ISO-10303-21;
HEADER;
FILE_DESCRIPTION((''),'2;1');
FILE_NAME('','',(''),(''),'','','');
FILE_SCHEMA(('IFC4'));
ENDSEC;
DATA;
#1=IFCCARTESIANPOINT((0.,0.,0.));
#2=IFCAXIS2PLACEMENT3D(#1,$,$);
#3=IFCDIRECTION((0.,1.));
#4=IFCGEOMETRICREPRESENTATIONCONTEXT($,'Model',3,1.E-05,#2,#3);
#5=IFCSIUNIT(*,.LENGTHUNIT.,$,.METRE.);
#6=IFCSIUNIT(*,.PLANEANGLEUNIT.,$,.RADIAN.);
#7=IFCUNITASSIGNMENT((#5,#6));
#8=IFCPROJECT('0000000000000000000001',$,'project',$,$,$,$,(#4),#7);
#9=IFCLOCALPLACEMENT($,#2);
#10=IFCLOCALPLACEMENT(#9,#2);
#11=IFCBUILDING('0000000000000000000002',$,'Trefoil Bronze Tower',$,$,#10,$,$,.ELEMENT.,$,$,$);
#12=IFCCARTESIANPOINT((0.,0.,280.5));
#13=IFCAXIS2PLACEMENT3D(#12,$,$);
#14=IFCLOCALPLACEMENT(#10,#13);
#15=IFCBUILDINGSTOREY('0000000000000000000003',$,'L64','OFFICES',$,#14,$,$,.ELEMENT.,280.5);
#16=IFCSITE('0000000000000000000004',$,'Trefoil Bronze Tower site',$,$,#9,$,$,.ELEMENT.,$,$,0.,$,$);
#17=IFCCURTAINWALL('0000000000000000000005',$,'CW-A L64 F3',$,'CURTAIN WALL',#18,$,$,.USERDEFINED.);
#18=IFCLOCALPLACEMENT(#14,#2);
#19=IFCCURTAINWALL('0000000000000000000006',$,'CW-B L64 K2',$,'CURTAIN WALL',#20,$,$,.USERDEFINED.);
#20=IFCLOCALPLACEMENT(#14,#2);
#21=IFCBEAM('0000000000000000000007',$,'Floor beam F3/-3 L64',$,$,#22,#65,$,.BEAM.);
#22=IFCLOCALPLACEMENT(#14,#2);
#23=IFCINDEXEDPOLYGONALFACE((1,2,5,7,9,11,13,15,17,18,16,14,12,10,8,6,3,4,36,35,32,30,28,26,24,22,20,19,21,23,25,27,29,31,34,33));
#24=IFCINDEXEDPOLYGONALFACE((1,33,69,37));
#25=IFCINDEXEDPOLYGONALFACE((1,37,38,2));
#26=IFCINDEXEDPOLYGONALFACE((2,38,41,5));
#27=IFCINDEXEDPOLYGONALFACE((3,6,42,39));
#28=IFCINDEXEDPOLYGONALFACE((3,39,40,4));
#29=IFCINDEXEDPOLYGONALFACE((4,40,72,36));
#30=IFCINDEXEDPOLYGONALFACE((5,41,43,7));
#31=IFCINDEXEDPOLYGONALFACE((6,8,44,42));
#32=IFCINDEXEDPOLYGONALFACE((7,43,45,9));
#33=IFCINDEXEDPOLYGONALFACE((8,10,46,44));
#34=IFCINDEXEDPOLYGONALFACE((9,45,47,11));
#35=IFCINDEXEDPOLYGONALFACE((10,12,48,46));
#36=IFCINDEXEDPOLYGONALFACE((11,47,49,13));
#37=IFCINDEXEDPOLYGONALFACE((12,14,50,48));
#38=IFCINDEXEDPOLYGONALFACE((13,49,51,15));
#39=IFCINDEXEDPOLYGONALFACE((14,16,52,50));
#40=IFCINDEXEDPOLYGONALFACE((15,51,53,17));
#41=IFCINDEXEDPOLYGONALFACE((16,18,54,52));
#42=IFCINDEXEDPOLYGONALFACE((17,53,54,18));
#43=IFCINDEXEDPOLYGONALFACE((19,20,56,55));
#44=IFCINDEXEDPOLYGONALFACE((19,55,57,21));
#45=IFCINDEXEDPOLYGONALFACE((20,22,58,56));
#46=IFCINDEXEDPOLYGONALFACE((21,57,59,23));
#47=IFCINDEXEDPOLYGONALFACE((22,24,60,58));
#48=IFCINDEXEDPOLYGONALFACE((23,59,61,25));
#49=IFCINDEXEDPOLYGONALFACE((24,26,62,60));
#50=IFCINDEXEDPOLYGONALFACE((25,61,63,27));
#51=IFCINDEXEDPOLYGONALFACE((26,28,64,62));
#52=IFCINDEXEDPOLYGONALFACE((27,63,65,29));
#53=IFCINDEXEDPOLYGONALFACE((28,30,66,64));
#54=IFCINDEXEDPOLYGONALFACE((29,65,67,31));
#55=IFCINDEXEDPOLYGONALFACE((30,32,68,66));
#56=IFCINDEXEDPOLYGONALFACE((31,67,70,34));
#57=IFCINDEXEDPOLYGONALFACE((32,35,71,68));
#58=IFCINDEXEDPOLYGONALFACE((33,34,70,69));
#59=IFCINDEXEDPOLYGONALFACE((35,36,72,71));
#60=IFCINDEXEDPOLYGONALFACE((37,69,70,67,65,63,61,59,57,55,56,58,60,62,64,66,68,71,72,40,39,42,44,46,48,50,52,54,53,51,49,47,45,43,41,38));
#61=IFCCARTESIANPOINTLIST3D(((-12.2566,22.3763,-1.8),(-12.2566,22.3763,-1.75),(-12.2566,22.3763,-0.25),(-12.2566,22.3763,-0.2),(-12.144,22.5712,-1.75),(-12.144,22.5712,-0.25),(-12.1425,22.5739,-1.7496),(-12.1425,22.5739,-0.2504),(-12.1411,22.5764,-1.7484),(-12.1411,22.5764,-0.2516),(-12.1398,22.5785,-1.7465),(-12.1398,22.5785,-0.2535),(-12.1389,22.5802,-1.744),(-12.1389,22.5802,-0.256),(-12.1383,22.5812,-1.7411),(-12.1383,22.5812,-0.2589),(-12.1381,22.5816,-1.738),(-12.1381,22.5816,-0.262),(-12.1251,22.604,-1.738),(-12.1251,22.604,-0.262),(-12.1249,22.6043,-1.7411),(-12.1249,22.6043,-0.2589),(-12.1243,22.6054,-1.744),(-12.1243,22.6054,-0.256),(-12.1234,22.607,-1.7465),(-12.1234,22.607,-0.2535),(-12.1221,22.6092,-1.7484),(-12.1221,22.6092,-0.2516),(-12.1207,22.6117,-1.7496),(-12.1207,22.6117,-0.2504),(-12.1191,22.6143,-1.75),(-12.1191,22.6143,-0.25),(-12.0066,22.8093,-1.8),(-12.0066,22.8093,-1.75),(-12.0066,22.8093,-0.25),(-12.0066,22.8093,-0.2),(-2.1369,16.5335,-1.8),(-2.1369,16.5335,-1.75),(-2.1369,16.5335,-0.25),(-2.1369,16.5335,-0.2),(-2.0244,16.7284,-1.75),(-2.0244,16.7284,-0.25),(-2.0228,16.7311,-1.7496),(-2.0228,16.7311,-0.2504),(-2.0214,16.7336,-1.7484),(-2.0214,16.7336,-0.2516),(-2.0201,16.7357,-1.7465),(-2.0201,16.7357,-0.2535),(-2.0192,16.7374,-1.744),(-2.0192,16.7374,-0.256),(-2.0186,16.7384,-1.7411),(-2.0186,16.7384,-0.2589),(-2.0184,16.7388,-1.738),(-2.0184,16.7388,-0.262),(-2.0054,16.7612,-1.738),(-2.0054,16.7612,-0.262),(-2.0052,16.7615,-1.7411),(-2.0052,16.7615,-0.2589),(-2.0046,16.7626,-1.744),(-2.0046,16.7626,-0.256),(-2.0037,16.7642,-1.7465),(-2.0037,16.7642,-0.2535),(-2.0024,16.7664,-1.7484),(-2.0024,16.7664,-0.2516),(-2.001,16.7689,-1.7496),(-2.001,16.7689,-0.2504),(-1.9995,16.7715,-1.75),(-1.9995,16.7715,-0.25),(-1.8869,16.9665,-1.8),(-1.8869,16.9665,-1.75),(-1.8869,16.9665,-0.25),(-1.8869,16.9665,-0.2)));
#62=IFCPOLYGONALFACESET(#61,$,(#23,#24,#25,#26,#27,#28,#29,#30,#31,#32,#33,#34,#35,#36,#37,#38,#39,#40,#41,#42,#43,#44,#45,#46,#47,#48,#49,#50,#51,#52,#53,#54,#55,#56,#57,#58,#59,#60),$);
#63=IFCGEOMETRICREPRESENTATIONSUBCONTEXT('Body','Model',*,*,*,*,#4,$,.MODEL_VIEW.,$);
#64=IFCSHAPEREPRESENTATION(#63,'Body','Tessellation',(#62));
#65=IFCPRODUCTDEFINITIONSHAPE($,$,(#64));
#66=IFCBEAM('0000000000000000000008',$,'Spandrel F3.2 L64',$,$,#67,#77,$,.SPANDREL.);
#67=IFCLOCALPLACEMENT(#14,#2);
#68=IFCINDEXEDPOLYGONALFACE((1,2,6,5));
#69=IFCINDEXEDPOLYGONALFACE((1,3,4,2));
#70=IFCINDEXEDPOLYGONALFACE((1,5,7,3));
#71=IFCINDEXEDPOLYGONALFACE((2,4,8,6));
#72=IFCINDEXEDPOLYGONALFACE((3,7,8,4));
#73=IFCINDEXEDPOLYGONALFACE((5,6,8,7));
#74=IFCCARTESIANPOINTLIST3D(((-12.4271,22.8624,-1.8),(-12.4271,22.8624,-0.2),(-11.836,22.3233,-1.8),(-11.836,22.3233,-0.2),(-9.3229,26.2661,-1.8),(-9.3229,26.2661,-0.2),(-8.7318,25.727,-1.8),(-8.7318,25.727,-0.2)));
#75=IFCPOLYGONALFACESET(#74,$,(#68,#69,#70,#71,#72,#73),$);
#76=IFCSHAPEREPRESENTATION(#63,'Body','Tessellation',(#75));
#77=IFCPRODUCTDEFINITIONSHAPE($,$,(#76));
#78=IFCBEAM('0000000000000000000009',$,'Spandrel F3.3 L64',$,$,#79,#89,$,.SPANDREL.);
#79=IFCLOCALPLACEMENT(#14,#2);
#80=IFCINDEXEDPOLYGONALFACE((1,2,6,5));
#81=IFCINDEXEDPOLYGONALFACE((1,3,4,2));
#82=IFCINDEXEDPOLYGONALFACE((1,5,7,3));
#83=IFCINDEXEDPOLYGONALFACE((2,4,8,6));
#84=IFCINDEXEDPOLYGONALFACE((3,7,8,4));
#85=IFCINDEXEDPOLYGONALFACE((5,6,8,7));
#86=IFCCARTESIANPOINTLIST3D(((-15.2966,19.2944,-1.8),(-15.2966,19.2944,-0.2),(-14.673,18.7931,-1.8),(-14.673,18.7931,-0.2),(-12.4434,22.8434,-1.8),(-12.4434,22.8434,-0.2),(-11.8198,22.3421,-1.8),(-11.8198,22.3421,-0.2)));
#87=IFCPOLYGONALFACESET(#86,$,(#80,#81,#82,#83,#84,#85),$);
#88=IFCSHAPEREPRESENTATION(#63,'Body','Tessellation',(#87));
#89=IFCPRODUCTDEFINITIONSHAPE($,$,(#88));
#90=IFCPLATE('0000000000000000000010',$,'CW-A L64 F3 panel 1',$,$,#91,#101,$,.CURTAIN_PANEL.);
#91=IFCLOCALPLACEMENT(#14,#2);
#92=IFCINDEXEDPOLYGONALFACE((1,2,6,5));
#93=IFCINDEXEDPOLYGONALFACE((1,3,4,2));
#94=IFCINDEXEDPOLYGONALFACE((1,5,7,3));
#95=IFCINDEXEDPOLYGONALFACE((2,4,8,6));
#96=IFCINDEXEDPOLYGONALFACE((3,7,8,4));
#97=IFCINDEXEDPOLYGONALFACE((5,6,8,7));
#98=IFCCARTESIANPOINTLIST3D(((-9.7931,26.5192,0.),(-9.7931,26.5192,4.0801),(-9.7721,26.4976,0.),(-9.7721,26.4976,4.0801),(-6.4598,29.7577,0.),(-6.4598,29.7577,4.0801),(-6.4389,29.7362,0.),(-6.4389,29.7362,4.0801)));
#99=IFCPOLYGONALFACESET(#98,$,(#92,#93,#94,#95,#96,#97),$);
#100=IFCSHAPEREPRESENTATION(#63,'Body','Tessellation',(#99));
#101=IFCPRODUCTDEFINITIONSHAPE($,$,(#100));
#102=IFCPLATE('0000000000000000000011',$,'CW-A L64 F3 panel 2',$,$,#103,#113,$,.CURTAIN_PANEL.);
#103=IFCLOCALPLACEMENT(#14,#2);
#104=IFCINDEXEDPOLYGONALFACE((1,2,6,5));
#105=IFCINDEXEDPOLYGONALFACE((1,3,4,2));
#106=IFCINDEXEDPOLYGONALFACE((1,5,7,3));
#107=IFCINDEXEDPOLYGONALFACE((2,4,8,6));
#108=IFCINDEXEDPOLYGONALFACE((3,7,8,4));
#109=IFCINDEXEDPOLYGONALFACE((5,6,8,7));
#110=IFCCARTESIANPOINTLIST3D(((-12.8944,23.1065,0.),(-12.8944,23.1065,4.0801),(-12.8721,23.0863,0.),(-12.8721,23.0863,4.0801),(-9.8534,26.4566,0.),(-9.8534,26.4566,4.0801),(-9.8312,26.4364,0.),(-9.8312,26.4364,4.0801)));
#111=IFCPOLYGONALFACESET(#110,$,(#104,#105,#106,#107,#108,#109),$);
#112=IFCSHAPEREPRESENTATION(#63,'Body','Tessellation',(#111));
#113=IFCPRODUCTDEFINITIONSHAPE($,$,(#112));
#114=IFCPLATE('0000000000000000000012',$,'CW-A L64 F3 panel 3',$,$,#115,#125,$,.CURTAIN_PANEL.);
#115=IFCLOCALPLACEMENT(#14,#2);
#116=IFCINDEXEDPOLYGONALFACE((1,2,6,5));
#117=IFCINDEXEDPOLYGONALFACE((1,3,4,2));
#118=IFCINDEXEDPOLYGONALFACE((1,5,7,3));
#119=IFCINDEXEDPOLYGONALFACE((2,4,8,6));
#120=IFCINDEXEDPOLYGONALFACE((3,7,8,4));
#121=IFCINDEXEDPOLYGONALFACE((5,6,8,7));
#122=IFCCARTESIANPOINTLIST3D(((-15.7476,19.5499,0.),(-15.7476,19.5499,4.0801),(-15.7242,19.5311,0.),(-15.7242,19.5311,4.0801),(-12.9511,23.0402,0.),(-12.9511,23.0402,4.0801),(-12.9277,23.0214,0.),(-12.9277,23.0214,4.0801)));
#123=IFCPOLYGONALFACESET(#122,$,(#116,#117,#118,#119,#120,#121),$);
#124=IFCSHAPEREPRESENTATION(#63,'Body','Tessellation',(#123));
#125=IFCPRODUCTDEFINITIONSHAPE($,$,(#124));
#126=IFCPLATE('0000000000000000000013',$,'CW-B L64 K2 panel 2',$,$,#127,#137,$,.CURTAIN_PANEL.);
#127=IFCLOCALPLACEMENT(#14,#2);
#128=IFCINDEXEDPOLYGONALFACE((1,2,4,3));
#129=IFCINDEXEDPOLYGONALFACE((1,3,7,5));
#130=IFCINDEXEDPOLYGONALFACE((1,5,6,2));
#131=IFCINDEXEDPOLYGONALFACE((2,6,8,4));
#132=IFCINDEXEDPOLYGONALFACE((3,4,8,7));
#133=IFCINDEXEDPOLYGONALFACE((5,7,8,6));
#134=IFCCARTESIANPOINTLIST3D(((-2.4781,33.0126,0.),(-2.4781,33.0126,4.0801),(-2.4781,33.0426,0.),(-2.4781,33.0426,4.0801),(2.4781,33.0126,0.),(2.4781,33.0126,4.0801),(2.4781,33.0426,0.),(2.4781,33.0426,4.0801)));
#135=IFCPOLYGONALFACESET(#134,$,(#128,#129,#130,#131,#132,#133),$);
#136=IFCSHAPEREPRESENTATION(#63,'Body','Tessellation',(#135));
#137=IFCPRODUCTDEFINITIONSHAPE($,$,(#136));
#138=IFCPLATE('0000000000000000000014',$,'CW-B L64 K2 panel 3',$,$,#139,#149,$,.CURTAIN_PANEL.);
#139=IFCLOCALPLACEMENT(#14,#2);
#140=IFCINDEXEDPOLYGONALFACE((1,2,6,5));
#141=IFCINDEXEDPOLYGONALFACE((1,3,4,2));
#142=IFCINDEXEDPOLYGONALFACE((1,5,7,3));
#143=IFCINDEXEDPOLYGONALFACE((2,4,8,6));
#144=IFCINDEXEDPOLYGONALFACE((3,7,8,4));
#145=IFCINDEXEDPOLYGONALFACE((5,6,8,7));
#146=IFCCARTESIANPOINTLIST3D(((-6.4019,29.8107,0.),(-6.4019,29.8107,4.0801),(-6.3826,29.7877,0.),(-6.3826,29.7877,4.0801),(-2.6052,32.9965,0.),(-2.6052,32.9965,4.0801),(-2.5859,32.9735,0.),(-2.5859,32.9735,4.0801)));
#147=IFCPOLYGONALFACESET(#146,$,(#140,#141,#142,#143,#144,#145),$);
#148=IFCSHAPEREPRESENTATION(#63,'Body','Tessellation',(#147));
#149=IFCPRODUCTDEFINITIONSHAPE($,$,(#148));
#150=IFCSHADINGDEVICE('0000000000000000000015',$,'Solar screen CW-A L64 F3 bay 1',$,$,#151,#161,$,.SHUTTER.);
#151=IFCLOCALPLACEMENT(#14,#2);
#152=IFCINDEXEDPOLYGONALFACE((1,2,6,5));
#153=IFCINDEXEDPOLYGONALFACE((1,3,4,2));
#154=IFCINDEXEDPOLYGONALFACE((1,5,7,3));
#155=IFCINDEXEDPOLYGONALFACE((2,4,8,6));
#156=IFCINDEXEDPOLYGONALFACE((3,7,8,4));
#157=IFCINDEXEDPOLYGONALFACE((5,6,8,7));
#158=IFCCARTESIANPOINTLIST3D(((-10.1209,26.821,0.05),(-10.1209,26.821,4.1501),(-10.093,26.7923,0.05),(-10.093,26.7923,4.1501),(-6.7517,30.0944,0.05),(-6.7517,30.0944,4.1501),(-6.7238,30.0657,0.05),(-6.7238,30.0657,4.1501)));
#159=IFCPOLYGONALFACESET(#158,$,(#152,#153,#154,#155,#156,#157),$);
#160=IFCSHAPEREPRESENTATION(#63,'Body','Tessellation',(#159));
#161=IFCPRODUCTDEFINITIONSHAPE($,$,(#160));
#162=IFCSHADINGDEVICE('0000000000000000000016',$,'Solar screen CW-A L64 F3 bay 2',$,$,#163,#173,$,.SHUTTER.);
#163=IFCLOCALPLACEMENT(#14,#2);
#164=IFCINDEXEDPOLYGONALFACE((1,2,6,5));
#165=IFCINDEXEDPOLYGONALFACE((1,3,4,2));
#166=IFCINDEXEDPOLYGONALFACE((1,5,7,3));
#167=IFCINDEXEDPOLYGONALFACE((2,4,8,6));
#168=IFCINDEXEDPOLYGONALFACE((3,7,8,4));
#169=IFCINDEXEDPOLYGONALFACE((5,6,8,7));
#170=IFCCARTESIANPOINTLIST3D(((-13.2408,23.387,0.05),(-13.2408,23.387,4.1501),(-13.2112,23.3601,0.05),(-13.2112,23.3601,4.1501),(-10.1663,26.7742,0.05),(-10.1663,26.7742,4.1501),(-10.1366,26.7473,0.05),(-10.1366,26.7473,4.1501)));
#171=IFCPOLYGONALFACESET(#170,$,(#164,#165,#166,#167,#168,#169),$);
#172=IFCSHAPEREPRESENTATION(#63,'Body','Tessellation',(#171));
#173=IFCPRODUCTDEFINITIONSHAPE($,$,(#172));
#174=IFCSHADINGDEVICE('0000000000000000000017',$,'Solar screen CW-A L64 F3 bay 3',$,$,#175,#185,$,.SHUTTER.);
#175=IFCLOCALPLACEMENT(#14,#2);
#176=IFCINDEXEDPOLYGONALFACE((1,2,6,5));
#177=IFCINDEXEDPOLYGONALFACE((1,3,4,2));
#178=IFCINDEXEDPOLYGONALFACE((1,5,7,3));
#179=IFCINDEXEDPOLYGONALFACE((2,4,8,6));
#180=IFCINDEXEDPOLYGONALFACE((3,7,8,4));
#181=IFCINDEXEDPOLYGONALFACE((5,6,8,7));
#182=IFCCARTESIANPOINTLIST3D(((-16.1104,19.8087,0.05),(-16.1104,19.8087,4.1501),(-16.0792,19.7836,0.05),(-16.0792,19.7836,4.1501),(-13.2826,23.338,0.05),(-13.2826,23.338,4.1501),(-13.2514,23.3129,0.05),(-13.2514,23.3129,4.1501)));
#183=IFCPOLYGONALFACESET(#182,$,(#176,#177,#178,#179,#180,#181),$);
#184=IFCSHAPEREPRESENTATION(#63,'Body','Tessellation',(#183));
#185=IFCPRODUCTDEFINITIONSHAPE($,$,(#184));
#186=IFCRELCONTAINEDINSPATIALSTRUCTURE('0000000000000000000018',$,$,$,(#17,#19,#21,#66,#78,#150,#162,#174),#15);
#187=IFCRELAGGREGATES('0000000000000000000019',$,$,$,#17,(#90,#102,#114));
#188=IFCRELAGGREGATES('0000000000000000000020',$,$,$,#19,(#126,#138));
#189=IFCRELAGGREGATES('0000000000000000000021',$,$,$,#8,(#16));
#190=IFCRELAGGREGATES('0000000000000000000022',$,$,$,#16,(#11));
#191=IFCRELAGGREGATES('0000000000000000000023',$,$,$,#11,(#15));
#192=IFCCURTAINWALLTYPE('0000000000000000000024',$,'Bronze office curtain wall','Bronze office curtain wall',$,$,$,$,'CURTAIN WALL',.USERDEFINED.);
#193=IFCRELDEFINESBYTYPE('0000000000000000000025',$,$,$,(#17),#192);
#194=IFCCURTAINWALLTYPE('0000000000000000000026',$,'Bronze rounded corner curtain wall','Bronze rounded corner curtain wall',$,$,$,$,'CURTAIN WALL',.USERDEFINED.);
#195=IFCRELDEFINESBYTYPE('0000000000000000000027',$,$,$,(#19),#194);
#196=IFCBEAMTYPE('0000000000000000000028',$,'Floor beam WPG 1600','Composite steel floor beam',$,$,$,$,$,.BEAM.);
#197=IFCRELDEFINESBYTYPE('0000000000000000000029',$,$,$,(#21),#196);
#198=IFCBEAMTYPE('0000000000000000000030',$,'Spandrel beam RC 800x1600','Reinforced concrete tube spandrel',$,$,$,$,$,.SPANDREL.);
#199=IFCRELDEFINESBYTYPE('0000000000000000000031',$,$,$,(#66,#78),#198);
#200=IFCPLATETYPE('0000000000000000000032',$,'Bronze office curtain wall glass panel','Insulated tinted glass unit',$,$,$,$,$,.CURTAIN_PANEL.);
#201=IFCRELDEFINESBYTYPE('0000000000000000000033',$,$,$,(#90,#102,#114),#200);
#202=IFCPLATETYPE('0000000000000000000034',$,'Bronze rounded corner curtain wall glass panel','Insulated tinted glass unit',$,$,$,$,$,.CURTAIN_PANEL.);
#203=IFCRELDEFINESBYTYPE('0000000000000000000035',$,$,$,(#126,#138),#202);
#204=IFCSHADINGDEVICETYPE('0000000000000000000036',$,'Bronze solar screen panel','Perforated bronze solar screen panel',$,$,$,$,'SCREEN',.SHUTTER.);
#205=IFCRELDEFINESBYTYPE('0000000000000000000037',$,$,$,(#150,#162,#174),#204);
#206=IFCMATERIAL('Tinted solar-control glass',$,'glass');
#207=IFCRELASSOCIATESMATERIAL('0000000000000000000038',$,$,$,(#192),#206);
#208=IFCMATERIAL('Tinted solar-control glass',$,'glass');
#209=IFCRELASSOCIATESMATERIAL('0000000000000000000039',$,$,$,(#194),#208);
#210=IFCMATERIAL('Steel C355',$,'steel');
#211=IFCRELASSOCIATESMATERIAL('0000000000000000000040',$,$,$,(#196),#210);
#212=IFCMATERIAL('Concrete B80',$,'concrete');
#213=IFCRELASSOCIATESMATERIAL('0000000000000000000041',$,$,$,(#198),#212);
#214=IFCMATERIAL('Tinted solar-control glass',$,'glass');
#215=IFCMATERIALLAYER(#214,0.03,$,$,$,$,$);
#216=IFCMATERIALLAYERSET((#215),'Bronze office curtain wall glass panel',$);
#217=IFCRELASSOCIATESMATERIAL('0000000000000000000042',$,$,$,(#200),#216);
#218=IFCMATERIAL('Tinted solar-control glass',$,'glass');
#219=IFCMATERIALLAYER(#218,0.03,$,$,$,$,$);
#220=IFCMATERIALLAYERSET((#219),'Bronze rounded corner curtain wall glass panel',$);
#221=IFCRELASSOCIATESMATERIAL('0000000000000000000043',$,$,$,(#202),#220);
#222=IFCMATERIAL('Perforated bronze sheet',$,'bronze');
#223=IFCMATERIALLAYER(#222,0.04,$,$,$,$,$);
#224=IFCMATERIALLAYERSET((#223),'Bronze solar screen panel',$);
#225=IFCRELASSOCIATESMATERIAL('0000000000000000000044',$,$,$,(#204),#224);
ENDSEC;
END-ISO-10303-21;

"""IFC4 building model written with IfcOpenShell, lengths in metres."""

from ifc_helpers import new_model, si_unit, direction, frame, origin, origin_2d, place, context, subcontext, project, spatial, rectangle, i_section, extrude, material, layer, layer_set, material_profile, profile_set, type_object, element, aggregate, save


model = new_model("IFC4")

# Units and contexts
model_context = context("Model", 3, precision=1e-05, world=origin(), true_north=direction((0.0, 1.0)))
body_context = subcontext(model_context, "Body", "Model", "MODEL_VIEW")
ifc_project = project(units=[si_unit("LENGTHUNIT", "METRE"), si_unit("PLANEANGLEUNIT", "RADIAN")], contexts=[model_context])

# Site, building, storey
site_placement = place(None, origin())
site = spatial("IfcSite", under=ifc_project, at=site_placement, Name="Trefoil Bronze Tower site", CompositionType="ELEMENT", RefElevation=0.0)
building_placement = place(site_placement, origin())
building = spatial("IfcBuilding", under=site, at=building_placement, Name="Trefoil Bronze Tower", CompositionType="ELEMENT")
storey_placement = place(building_placement, frame((0.0, 0.0, 280.5)))
storey = spatial("IfcBuildingStorey", under=building, at=storey_placement, Name="L64", Description="OFFICES", CompositionType="ELEMENT", Elevation=280.5)

# Curtain walls
ifc_material_1 = material(Name="Tinted solar-control glass", Category="glass")
curtain_wall_type_1 = type_object("IfcCurtainWallType", Name="Bronze office curtain wall", Description="Bronze office curtain wall", ElementType="CURTAIN WALL", PredefinedType="USERDEFINED", material=ifc_material_1)
curtain_wall_1_placement = place(storey_placement, origin())
curtain_wall_1 = element("IfcCurtainWall", 1, at=curtain_wall_1_placement, inside=storey, type_object=curtain_wall_type_1, Name="CW-A L64 F3", ObjectType="CURTAIN WALL", PredefinedType="USERDEFINED")
ifc_material_2 = material(Name="Tinted solar-control glass", Category="glass")
curtain_wall_type_2 = type_object("IfcCurtainWallType", Name="Bronze rounded corner curtain wall", Description="Bronze rounded corner curtain wall", ElementType="CURTAIN WALL", PredefinedType="USERDEFINED", material=ifc_material_2)
curtain_wall_2_placement = place(storey_placement, origin())
curtain_wall_2 = element("IfcCurtainWall", 2, at=curtain_wall_2_placement, inside=storey, type_object=curtain_wall_type_2, Name="CW-B L64 K2", ObjectType="CURTAIN WALL", PredefinedType="USERDEFINED")

# Beams
ifc_material_3 = material(Name="Steel C355", Category="steel")
ifc_material_profile_1 = material_profile(ifc_material_3, i_section(OverallWidth=0.5, OverallDepth=1.6001, WebThickness=0.0259, FlangeThickness=0.05, FilletRadius=0.012, at=origin_2d()), Name="WPG 1600")
ifc_profile_set_1 = profile_set([ifc_material_profile_1], Name="Steel C355")
beam_type_1 = type_object("IfcBeamType", Name="Floor beam WPG 1600", Description="Composite steel floor beam", PredefinedType="BEAM", material=ifc_profile_set_1)
beam_1_placement = place(storey_placement, frame((-12.1316, 22.5928, -1.0), z_axis=(0.866018, -0.500013, 0.0), x_axis=(0.500013, 0.866018, 0.0)))
element("IfcBeam", 3, at=beam_1_placement, inside=storey, type_object=beam_type_1, Name="Floor beam F3/-3 L64", PredefinedType="BEAM", context=body_context, shape_type="SweptSolid", body=[
    extrude(i_section(OverallWidth=0.5, OverallDepth=1.6001, WebThickness=0.0259, FlangeThickness=0.05, FilletRadius=0.012, at=origin_2d()), origin(), (0.0, 0.0, 1.0), 11.6853),
])
ifc_material_4 = material(Name="Concrete B80", Category="concrete")
ifc_material_profile_2 = material_profile(ifc_material_4, rectangle(XDim=0.8, YDim=1.6001, at=origin_2d()), Name="RC 800x1600")
ifc_profile_set_2 = profile_set([ifc_material_profile_2], Name="Concrete B80")
beam_type_2 = type_object("IfcBeamType", Name="Spandrel beam RC 800x1600", Description="Reinforced concrete tube spandrel", PredefinedType="SPANDREL", material=ifc_profile_set_2)
beam_2_placement = place(storey_placement, frame((-9.0273, 25.9966, -1.0), z_axis=(-0.673846, -0.738872, 0.0), x_axis=(0.738872, -0.673846, 0.0)))
element("IfcBeam", 4, at=beam_2_placement, inside=storey, type_object=beam_type_2, Name="Spandrel F3.2 L64", PredefinedType="SPANDREL", context=body_context, shape_type="SweptSolid", body=[
    extrude(rectangle(XDim=0.8, YDim=1.6001, at=origin_2d()), origin(), (0.0, 0.0, 1.0), 4.6067),
])
beam_3_placement = place(storey_placement, frame((-12.1316, 22.5928, -1.0), z_axis=(-0.62657, -0.779365, 0.0), x_axis=(0.779365, -0.62657, 0.0)))
element("IfcBeam", 5, at=beam_3_placement, inside=storey, type_object=beam_type_2, Name="Spandrel F3.3 L64", PredefinedType="SPANDREL", context=body_context, shape_type="SweptSolid", body=[
    extrude(rectangle(XDim=0.8, YDim=1.6001, at=origin_2d()), origin(), (0.0, 0.0, 1.0), 4.5537),
])

# Plates
ifc_material_5 = material(Name="Tinted solar-control glass", Category="glass")
ifc_layer_1 = layer(ifc_material_5, 0.03)
ifc_layer_set_1 = layer_set([ifc_layer_1], Name="Bronze office curtain wall glass panel")
plate_type_1 = type_object("IfcPlateType", Name="Bronze office curtain wall glass panel", Description="Insulated tinted glass unit", PredefinedType="CURTAIN_PANEL", material=ifc_layer_set_1)
plate_1_placement = place(storey_placement, frame((-8.116, 28.1277, 0.0), z_axis=(0.0, 0.0, 1.0), x_axis=(-0.717218, -0.696849, 0.0)))
plate_1 = element("IfcPlate", 6, at=plate_1_placement, type_object=plate_type_1, Name="CW-A L64 F3 panel 1", PredefinedType="CURTAIN_PANEL", context=body_context, shape_type="SweptSolid", body=[
    extrude(rectangle(XDim=4.6475, YDim=0.03, at=origin_2d()), origin(), (0.0, 0.0, 1.0), 4.0801),
])
plate_2_placement = place(storey_placement, frame((-11.3628, 24.7715, 0.0), z_axis=(0.0, 0.0, 1.0), x_axis=(-0.672115, -0.740447, 0.0)))
plate_2 = element("IfcPlate", 7, at=plate_2_placement, type_object=plate_type_1, Name="CW-A L64 F3 panel 2", PredefinedType="CURTAIN_PANEL", context=body_context, shape_type="SweptSolid", body=[
    extrude(rectangle(XDim=4.5244, YDim=0.03, at=origin_2d()), origin(), (0.0, 0.0, 1.0), 4.0801),
])
plate_3_placement = place(storey_placement, frame((-14.3376, 21.2856, 0.0), z_axis=(0.0, 0.0, 1.0), x_axis=(-0.625287, -0.780395, 0.0)))
plate_3 = element("IfcPlate", 8, at=plate_3_placement, type_object=plate_type_1, Name="CW-A L64 F3 panel 3", PredefinedType="CURTAIN_PANEL", context=body_context, shape_type="SweptSolid", body=[
    extrude(rectangle(XDim=4.4724, YDim=0.03, at=origin_2d()), origin(), (0.0, 0.0, 1.0), 4.0801),
])
aggregate(curtain_wall_1, [plate_1, plate_2, plate_3])
ifc_material_6 = material(Name="Tinted solar-control glass", Category="glass")
ifc_layer_2 = layer(ifc_material_6, 0.03)
ifc_layer_set_2 = layer_set([ifc_layer_2], Name="Bronze rounded corner curtain wall glass panel")
plate_type_2 = type_object("IfcPlateType", Name="Bronze rounded corner curtain wall glass panel", Description="Insulated tinted glass unit", PredefinedType="CURTAIN_PANEL", material=ifc_layer_set_2)
plate_4_placement = place(storey_placement, frame((0.0, 33.0276, 0.0), z_axis=(0.0, 0.0, 1.0), x_axis=(-1.0, 0.0, 0.0)))
plate_4 = element("IfcPlate", 9, at=plate_4_placement, type_object=plate_type_2, Name="CW-B L64 K2 panel 2", PredefinedType="CURTAIN_PANEL", context=body_context, shape_type="SweptSolid", body=[
    extrude(rectangle(XDim=4.9563, YDim=0.03, at=origin_2d()), origin(), (0.0, 0.0, 1.0), 4.0801),
])
plate_5_placement = place(storey_placement, frame((-4.4939, 31.3921, 0.0), z_axis=(0.0, 0.0, 1.0), x_axis=(-0.766044, -0.642788, 0.0)))
plate_5 = element("IfcPlate", 10, at=plate_5_placement, type_object=plate_type_2, Name="CW-B L64 K2 panel 3", PredefinedType="CURTAIN_PANEL", context=body_context, shape_type="SweptSolid", body=[
    extrude(rectangle(XDim=4.9563, YDim=0.03, at=origin_2d()), origin(), (0.0, 0.0, 1.0), 4.0801),
])
aggregate(curtain_wall_2, [plate_4, plate_5])

# Shading devices
ifc_material_7 = material(Name="Perforated bronze sheet", Category="bronze")
ifc_layer_3 = layer(ifc_material_7, 0.04)
ifc_layer_set_3 = layer_set([ifc_layer_3], Name="Bronze solar screen panel")
shading_device_type = type_object("IfcShadingDeviceType", Name="Bronze solar screen panel", Description="Perforated bronze solar screen panel", ElementType="SCREEN", PredefinedType="SHUTTER", material=ifc_layer_set_3)
shading_device_1_placement = place(storey_placement, frame((-8.4224, 28.4434, 0.05), z_axis=(0.0, 0.0, 1.0), x_axis=(-0.717218, -0.696849, 0.0)))
element("IfcShadingDevice", 11, at=shading_device_1_placement, inside=storey, type_object=shading_device_type, Name="Solar screen CW-A L64 F3 bay 1", PredefinedType="SHUTTER", context=body_context, shape_type="SweptSolid", body=[
    extrude(rectangle(XDim=4.6975, YDim=0.04, at=origin_2d()), origin(), (0.0, 0.0, 1.0), 4.1001),
])
shading_device_2_placement = place(storey_placement, frame((-11.6887, 25.0671, 0.05), z_axis=(0.0, 0.0, 1.0), x_axis=(-0.672115, -0.740447, 0.0)))
element("IfcShadingDevice", 12, at=shading_device_2_placement, inside=storey, type_object=shading_device_type, Name="Solar screen CW-A L64 F3 bay 2", PredefinedType="SHUTTER", context=body_context, shape_type="SweptSolid", body=[
    extrude(rectangle(XDim=4.5745, YDim=0.04, at=origin_2d()), origin(), (0.0, 0.0, 1.0), 4.1001),
])
shading_device_3_placement = place(storey_placement, frame((-14.6809, 21.5608, 0.05), z_axis=(0.0, 0.0, 1.0), x_axis=(-0.625287, -0.780395, 0.0)))
element("IfcShadingDevice", 13, at=shading_device_3_placement, inside=storey, type_object=shading_device_type, Name="Solar screen CW-A L64 F3 bay 3", PredefinedType="SHUTTER", context=body_context, shape_type="SweptSolid", body=[
    extrude(rectangle(XDim=4.5225, YDim=0.04, at=origin_2d()), origin(), (0.0, 0.0, 1.0), 4.1001),
])

save(model, "model.ifc")
